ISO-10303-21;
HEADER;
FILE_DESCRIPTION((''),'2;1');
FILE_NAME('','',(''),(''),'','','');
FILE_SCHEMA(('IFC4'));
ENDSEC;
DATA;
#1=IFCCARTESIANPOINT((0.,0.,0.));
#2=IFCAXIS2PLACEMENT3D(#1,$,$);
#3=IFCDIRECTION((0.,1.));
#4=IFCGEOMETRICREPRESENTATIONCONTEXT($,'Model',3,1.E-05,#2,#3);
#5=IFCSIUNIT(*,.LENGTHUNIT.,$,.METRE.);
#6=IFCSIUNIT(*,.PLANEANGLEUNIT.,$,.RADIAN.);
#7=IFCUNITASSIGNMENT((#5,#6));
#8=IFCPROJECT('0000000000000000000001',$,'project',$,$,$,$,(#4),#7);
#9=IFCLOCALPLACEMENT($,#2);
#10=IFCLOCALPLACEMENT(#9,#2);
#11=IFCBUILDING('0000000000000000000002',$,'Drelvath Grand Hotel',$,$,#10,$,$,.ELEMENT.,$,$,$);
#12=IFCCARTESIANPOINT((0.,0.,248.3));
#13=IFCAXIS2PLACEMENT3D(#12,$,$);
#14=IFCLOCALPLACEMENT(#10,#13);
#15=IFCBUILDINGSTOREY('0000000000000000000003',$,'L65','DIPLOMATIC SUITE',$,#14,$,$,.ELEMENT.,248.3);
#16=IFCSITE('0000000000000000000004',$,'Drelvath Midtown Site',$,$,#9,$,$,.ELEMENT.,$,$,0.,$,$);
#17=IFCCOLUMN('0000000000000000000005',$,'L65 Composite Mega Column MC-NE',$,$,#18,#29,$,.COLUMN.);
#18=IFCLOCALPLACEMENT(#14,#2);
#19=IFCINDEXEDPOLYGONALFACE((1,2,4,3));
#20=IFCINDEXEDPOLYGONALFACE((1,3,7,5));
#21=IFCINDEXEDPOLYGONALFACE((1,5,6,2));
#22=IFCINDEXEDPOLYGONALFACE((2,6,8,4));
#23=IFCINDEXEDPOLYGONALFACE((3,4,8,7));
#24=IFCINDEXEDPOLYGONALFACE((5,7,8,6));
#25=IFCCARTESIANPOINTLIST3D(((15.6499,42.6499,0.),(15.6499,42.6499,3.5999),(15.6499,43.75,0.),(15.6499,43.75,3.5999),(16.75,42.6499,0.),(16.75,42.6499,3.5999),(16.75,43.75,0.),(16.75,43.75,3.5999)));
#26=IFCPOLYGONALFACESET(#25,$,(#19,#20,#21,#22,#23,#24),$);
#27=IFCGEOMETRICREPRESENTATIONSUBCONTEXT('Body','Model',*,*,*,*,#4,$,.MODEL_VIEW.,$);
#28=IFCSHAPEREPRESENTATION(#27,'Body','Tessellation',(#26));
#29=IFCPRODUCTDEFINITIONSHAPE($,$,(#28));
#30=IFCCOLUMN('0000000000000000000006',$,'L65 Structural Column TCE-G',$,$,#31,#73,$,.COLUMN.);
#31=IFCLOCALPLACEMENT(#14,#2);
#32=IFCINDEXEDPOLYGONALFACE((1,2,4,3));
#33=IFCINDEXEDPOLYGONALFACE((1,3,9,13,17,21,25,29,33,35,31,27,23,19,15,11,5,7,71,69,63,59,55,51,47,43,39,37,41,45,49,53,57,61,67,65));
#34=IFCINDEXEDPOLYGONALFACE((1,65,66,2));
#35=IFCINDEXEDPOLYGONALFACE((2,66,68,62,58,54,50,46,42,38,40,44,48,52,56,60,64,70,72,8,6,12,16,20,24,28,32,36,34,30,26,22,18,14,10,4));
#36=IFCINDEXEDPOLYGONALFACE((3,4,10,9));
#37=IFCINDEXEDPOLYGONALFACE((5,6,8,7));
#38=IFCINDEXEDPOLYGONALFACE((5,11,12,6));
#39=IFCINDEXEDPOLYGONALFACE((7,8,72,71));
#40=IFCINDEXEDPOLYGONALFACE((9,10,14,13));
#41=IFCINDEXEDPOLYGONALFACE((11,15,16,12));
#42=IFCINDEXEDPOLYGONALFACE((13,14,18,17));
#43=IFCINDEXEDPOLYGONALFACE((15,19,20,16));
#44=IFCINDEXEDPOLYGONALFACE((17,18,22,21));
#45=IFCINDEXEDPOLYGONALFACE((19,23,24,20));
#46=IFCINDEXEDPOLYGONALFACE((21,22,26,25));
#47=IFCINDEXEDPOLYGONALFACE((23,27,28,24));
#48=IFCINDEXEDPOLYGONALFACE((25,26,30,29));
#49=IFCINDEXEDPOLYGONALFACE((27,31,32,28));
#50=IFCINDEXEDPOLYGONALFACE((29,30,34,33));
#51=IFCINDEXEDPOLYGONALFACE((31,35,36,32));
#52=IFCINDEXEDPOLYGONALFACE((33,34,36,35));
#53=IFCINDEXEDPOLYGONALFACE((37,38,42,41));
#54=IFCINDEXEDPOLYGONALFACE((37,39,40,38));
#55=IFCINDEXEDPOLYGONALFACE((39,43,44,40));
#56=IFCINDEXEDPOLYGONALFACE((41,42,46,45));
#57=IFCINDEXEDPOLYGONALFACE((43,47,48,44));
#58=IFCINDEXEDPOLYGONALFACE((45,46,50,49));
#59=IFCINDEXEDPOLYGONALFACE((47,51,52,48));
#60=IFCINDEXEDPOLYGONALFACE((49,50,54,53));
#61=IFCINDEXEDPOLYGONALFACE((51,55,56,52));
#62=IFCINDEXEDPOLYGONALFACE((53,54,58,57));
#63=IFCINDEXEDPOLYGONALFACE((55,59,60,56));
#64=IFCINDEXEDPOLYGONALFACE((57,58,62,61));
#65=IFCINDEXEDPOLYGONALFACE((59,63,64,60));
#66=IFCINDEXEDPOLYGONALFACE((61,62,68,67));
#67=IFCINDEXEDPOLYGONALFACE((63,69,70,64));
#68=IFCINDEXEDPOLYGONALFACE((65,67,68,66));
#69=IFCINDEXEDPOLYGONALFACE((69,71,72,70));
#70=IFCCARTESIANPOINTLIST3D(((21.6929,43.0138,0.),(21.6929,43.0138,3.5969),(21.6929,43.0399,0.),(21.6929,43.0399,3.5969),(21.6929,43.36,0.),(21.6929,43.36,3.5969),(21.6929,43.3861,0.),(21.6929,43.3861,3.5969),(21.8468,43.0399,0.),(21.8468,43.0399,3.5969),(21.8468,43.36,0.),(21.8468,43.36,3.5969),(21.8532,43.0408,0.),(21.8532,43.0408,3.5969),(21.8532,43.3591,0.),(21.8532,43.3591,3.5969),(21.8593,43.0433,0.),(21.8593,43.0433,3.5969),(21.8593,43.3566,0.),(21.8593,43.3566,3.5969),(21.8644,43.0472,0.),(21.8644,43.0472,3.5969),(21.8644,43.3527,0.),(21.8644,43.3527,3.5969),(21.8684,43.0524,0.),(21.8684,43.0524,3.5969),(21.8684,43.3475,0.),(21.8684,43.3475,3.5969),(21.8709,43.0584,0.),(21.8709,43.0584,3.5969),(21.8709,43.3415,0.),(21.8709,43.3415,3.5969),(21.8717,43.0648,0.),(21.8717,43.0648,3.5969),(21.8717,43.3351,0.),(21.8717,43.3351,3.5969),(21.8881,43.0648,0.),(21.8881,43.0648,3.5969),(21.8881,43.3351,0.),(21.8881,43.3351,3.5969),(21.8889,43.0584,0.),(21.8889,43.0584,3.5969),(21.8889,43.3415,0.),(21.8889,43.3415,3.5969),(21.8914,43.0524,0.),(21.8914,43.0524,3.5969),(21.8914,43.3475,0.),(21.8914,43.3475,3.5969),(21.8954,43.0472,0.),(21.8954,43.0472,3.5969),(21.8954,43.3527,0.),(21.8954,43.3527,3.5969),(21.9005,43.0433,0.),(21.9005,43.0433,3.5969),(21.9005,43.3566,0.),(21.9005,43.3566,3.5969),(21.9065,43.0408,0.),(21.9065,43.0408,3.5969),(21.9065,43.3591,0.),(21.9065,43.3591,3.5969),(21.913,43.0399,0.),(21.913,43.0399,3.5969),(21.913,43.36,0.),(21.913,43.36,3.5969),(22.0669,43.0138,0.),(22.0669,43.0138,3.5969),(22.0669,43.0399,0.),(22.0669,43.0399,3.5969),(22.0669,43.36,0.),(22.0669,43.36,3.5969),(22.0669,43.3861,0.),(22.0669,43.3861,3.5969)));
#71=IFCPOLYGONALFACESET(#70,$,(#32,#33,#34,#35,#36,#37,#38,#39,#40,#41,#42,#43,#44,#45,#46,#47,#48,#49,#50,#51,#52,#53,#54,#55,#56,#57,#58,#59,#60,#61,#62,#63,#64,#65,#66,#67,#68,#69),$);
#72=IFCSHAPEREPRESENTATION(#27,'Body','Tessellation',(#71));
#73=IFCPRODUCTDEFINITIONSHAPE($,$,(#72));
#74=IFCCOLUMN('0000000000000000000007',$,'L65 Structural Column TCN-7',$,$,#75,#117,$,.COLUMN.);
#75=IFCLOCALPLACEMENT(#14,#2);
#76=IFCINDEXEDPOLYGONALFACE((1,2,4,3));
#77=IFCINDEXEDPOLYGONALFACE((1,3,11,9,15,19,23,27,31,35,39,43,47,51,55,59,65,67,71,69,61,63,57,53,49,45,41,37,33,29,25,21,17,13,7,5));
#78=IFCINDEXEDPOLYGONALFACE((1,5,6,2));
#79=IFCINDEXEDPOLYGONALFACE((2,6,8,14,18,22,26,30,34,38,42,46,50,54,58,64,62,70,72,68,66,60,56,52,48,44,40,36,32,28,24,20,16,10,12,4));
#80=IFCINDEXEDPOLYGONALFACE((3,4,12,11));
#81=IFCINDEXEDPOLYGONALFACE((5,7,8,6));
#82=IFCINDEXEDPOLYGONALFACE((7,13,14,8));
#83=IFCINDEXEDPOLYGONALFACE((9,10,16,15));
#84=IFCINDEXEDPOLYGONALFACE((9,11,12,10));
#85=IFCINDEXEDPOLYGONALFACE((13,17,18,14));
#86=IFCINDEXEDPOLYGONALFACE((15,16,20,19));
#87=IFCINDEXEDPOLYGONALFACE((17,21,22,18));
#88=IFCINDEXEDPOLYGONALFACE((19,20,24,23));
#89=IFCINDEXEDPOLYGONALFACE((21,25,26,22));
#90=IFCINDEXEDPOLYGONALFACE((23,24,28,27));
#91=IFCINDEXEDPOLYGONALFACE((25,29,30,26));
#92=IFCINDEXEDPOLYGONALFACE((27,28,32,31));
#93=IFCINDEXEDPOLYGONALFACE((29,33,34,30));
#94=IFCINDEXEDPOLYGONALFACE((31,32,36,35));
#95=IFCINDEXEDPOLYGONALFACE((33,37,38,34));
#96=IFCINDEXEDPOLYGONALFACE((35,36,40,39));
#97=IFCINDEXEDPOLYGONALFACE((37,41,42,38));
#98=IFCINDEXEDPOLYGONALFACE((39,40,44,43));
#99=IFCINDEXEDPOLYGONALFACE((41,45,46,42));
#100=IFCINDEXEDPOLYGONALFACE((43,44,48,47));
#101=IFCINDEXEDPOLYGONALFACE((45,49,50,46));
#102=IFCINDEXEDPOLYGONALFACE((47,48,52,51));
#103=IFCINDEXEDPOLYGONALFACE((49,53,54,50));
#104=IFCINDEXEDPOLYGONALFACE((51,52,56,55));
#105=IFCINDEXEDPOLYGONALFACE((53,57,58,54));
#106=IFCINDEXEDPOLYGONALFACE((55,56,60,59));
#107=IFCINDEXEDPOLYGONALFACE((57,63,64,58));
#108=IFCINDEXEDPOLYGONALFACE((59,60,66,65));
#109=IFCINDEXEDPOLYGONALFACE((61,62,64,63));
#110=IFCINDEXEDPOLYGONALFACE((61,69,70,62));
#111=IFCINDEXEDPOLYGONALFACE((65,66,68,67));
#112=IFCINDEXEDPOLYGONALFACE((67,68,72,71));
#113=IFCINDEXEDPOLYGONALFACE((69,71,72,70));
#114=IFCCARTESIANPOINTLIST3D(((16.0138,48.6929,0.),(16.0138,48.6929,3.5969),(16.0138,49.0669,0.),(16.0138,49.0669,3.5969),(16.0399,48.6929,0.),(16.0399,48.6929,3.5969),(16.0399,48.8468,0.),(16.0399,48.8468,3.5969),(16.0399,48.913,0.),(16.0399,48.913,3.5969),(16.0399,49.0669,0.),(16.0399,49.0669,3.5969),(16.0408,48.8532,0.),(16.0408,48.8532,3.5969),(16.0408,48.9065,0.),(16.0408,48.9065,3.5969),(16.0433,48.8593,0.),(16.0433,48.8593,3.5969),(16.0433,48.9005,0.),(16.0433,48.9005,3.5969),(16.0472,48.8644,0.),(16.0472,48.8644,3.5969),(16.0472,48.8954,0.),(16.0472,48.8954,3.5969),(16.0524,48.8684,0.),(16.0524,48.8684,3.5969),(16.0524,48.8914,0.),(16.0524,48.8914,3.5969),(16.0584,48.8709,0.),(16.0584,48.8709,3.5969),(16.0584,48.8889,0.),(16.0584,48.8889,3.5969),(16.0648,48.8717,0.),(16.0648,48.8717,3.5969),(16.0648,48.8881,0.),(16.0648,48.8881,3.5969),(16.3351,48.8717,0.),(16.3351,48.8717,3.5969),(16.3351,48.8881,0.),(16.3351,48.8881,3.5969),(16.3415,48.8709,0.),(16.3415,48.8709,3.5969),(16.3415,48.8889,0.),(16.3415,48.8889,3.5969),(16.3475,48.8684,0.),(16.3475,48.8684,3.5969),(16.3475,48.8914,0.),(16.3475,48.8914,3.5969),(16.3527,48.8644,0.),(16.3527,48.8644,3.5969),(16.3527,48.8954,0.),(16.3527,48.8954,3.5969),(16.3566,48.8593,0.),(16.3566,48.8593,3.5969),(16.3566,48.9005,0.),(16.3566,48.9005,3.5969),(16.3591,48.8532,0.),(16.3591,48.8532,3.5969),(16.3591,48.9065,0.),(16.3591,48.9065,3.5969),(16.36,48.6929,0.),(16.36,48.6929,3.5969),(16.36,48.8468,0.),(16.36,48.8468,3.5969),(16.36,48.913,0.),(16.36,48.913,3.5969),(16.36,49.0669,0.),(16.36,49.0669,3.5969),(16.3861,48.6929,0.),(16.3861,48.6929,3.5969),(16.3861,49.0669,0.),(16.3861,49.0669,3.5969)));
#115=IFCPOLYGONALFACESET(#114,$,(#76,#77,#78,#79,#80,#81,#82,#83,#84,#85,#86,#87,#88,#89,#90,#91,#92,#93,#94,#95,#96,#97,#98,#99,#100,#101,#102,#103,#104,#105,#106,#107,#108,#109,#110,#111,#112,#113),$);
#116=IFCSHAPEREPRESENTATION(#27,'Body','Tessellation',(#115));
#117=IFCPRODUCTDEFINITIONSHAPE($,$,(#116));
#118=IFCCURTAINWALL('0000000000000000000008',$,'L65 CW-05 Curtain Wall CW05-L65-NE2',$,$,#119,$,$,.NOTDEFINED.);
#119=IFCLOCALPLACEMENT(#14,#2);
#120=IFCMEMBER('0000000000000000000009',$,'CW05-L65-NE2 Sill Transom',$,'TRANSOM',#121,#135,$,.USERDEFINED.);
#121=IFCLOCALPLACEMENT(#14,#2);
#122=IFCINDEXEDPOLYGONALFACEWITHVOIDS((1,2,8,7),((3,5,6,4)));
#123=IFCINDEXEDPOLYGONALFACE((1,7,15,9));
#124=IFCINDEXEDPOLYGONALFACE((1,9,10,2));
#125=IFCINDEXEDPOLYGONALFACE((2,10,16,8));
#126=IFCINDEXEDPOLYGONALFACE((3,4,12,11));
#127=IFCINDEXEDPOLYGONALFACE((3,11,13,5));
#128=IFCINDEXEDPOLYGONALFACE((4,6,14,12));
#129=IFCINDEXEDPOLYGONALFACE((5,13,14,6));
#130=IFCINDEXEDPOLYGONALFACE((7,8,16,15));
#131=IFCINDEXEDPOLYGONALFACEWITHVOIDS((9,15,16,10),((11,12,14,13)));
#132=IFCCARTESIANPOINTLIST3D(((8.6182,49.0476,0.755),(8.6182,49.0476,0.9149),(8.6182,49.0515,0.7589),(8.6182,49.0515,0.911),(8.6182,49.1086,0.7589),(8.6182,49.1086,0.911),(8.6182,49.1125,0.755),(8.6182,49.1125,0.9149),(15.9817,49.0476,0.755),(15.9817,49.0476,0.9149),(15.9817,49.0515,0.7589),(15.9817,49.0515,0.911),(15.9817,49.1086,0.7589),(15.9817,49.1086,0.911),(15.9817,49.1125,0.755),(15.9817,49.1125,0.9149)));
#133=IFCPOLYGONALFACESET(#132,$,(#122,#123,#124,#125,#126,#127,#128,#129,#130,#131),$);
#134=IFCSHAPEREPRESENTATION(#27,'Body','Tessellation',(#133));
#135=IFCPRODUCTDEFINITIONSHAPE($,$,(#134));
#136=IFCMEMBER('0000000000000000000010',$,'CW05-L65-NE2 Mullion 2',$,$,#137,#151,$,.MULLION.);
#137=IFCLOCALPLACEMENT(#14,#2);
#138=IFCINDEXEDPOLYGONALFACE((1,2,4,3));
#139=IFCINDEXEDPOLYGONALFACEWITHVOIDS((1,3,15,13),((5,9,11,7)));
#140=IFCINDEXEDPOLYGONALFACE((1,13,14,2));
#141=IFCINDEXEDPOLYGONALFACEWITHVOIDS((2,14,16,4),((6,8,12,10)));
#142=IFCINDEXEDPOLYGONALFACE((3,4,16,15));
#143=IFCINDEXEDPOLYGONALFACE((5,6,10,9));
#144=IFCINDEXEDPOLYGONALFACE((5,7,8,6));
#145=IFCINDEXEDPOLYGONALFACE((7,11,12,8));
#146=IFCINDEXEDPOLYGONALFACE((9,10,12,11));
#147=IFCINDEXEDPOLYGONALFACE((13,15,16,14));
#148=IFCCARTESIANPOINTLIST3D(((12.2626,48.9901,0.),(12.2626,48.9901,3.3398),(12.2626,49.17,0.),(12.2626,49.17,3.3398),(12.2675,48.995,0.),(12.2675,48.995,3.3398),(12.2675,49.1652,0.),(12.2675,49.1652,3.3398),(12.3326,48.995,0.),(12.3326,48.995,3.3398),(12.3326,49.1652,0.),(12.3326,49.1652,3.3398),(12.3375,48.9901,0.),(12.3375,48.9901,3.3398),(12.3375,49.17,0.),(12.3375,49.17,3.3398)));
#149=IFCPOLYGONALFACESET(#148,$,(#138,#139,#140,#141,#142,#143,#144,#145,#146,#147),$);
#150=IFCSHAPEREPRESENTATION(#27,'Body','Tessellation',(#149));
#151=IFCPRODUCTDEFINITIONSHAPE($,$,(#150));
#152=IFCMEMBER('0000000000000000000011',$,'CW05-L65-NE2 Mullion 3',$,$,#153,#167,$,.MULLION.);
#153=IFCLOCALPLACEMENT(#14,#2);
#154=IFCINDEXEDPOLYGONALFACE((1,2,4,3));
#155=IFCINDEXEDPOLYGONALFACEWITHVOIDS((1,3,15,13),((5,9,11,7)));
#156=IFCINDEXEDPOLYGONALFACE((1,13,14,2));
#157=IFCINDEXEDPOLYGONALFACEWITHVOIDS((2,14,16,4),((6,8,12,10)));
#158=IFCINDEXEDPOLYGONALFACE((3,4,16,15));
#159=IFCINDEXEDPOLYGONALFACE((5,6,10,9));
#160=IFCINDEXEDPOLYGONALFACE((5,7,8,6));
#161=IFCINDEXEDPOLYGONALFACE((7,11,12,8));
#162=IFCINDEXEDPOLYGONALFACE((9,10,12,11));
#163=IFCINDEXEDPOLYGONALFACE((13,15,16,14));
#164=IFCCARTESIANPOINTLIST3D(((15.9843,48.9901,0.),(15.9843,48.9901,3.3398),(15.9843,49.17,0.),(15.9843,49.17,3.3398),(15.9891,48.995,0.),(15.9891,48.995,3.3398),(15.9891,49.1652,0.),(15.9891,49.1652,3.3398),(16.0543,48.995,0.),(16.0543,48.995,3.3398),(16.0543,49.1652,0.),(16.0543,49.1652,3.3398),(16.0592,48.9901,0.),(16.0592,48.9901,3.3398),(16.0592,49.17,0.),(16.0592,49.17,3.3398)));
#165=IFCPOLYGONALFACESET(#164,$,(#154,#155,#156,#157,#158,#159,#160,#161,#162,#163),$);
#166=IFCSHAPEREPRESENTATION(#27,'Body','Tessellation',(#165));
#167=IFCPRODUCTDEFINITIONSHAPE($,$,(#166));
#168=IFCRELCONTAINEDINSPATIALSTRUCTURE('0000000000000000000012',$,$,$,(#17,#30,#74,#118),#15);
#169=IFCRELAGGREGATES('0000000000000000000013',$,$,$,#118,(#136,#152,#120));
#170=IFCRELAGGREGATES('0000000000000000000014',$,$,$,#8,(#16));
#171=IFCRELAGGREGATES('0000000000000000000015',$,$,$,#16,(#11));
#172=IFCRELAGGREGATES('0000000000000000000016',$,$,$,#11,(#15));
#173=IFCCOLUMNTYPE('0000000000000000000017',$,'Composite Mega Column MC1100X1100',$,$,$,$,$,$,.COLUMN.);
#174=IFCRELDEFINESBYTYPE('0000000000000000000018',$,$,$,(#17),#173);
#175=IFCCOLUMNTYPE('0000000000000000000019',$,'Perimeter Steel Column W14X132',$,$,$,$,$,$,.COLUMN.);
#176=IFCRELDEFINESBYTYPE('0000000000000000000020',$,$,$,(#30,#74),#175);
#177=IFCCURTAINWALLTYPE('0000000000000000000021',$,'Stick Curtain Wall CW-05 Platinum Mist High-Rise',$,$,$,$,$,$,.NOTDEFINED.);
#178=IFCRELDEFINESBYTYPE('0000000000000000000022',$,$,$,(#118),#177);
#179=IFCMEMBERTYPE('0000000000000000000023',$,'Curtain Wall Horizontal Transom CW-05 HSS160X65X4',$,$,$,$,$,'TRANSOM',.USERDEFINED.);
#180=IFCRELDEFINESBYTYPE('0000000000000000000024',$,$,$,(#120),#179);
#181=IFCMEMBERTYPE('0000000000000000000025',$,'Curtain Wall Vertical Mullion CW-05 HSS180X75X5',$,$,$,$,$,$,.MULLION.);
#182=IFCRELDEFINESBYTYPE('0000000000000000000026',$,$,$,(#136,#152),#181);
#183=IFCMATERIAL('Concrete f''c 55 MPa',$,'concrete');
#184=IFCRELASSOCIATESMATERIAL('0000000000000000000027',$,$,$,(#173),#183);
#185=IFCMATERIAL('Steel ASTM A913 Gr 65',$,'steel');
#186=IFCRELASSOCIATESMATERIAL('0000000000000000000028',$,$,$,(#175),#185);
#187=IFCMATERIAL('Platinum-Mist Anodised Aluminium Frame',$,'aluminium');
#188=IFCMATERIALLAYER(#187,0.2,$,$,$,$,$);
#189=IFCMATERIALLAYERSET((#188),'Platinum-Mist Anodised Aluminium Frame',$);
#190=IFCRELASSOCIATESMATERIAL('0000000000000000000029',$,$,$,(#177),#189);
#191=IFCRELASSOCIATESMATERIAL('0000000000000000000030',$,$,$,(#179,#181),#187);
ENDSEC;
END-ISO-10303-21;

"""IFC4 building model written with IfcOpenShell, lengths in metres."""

from ifc_helpers import new_model, si_unit, direction, frame, origin, origin_2d, place, context, subcontext, project, spatial, rectangle, hollow_rectangle, i_section, extrude, material, layer, layer_set, material_profile, profile_set, type_object, element, aggregate, save


model = new_model("IFC4")

# Units and contexts
model_context = context("Model", 3, precision=1e-05, world=origin(), true_north=direction((0.0, 1.0)))
body_context = subcontext(model_context, "Body", "Model", "MODEL_VIEW")
ifc_project = project(units=[si_unit("LENGTHUNIT", "METRE"), si_unit("PLANEANGLEUNIT", "RADIAN")], contexts=[model_context])

# Site, building, storey
site_placement = place(None, origin())
site = spatial("IfcSite", under=ifc_project, at=site_placement, Name="Drelvath Midtown Site", CompositionType="ELEMENT", RefElevation=0.0)
building_placement = place(site_placement, origin())
building = spatial("IfcBuilding", under=site, at=building_placement, Name="Drelvath Grand Hotel", CompositionType="ELEMENT")
storey_placement = place(building_placement, frame((0.0, 0.0, 248.3)))
storey = spatial("IfcBuildingStorey", under=building, at=storey_placement, Name="L65", Description="DIPLOMATIC SUITE", CompositionType="ELEMENT", Elevation=248.3)

# Columns
ifc_material_1 = material(Name="Concrete f'c 55 MPa", Category="concrete")
ifc_material_profile_1 = material_profile(ifc_material_1, rectangle(XDim=1.1001, YDim=1.1001, at=origin_2d()), Name="MC1100X1100")
ifc_profile_set_1 = profile_set([ifc_material_profile_1], Name="Concrete f'c 55 MPa")
column_type_1 = type_object("IfcColumnType", Name="Composite Mega Column MC1100X1100", PredefinedType="COLUMN", material=ifc_profile_set_1)
column_placement = place(storey_placement, frame((16.2, 43.2, 0.0), z_axis=(0.0, 0.0, 1.0), x_axis=(1.0, 0.0, 0.0)))
element("IfcColumn", 1, at=column_placement, inside=storey, type_object=column_type_1, Name="L65 Composite Mega Column MC-NE", PredefinedType="COLUMN", context=body_context, shape_type="SweptSolid", body=[
    extrude(rectangle(XDim=1.1001, YDim=1.1001, at=origin_2d()), origin(), (0.0, 0.0, 1.0), 3.5999),
])
ifc_material_2 = material(Name="Steel ASTM A913 Gr 65", Category="steel")
ifc_material_profile_2 = material_profile(ifc_material_2, i_section(OverallWidth=0.374, OverallDepth=0.3723, WebThickness=0.0164, FlangeThickness=0.0261, FilletRadius=0.0249, at=origin_2d()), Name="W14X132")
ifc_profile_set_2 = profile_set([ifc_material_profile_2], Name="Steel ASTM A913 Gr 65")
column_type_2 = type_object("IfcColumnType", Name="Perimeter Steel Column W14X132", PredefinedType="COLUMN", material=ifc_profile_set_2)
for number, where, z_axis, x_axis, name in (
    (2, (21.8799, 43.2, 0.0), (0.0, 0.0, 1.0), (1.0, 0.0, 0.0), "L65 Structural Column TCE-G"),
    (3, (16.2, 48.8799, 0.0), (0.0, 0.0, 1.0), (0.0, 1.0, 0.0), "L65 Structural Column TCN-7"),
):
    element("IfcColumn", number, at=place(storey_placement, frame(where, z_axis=z_axis, x_axis=x_axis)), inside=storey, type_object=column_type_2, Name=name, PredefinedType="COLUMN", context=body_context, shape_type="SweptSolid", body=[
        extrude(i_section(OverallWidth=0.374, OverallDepth=0.3723, WebThickness=0.0164, FlangeThickness=0.0261, FilletRadius=0.0249, at=origin_2d()), origin(), (0.0, 0.0, 1.0), 3.5969),
    ])

# Curtain wall, members
ifc_material_3 = material(Name="Platinum-Mist Anodised Aluminium Frame", Category="aluminium")
ifc_layer_1 = layer(ifc_material_3, 0.2)
ifc_layer_set_1 = layer_set([ifc_layer_1], Name="Platinum-Mist Anodised Aluminium Frame")
curtain_wall_type = type_object("IfcCurtainWallType", Name="Stick Curtain Wall CW-05 Platinum Mist High-Rise", PredefinedType="NOTDEFINED", material=ifc_layer_set_1)
curtain_wall_placement = place(storey_placement, origin())
curtain_wall = element("IfcCurtainWall", 4, at=curtain_wall_placement, inside=storey, type_object=curtain_wall_type, Name="L65 CW-05 Curtain Wall CW05-L65-NE2", PredefinedType="NOTDEFINED")
ifc_material_profile_3 = material_profile(ifc_material_3, hollow_rectangle(XDim=0.0649, YDim=0.1599, WallThickness=0.0039, at=origin_2d()), Name="HSS160X65X4")
ifc_profile_set_3 = profile_set([ifc_material_profile_3], Name="Platinum-Mist Anodised Aluminium Frame")
member_type_1 = type_object("IfcMemberType", Name="Curtain Wall Horizontal Transom CW-05 HSS160X65X4", ElementType="TRANSOM", PredefinedType="USERDEFINED", material=ifc_profile_set_3)
member_1_placement = place(storey_placement, frame((8.6182, 49.0801, 0.835), z_axis=(1.0, 0.0, 0.0), x_axis=(0.0, 1.0, 0.0)))
member_1 = element("IfcMember", 5, at=member_1_placement, type_object=member_type_1, Name="CW05-L65-NE2 Sill Transom", ObjectType="TRANSOM", PredefinedType="USERDEFINED", context=body_context, shape_type="SweptSolid", body=[
    extrude(hollow_rectangle(XDim=0.0649, YDim=0.1599, WallThickness=0.0039, at=origin_2d()), origin(), (0.0, 0.0, 1.0), 7.3635),
])
ifc_material_profile_4 = material_profile(ifc_material_3, hollow_rectangle(XDim=0.075, YDim=0.1799, WallThickness=0.0049, at=origin_2d()), Name="HSS180X75X5")
ifc_profile_set_4 = profile_set([ifc_material_profile_4], Name="Platinum-Mist Anodised Aluminium Frame")
member_type_2 = type_object("IfcMemberType", Name="Curtain Wall Vertical Mullion CW-05 HSS180X75X5", PredefinedType="MULLION", material=ifc_profile_set_4)
member_2_placement = place(storey_placement, frame((12.3, 49.0801, 0.0), z_axis=(0.0, 0.0, 1.0), x_axis=(1.0, 0.0, 0.0)))
member_2 = element("IfcMember", 6, at=member_2_placement, type_object=member_type_2, Name="CW05-L65-NE2 Mullion 2", PredefinedType="MULLION", context=body_context, shape_type="SweptSolid", body=[
    extrude(hollow_rectangle(XDim=0.075, YDim=0.1799, WallThickness=0.0049, at=origin_2d()), origin(), (0.0, 0.0, 1.0), 3.3398),
])
member_3_placement = place(storey_placement, frame((16.0217, 49.0801, 0.0), z_axis=(0.0, 0.0, 1.0), x_axis=(1.0, 0.0, 0.0)))
member_3 = element("IfcMember", 7, at=member_3_placement, type_object=member_type_2, Name="CW05-L65-NE2 Mullion 3", PredefinedType="MULLION", context=body_context, shape_type="SweptSolid", body=[
    extrude(hollow_rectangle(XDim=0.075, YDim=0.1799, WallThickness=0.0049, at=origin_2d()), origin(), (0.0, 0.0, 1.0), 3.3398),
])

aggregate(curtain_wall, [member_2, member_3, member_1])

save(model, "model.ifc")
